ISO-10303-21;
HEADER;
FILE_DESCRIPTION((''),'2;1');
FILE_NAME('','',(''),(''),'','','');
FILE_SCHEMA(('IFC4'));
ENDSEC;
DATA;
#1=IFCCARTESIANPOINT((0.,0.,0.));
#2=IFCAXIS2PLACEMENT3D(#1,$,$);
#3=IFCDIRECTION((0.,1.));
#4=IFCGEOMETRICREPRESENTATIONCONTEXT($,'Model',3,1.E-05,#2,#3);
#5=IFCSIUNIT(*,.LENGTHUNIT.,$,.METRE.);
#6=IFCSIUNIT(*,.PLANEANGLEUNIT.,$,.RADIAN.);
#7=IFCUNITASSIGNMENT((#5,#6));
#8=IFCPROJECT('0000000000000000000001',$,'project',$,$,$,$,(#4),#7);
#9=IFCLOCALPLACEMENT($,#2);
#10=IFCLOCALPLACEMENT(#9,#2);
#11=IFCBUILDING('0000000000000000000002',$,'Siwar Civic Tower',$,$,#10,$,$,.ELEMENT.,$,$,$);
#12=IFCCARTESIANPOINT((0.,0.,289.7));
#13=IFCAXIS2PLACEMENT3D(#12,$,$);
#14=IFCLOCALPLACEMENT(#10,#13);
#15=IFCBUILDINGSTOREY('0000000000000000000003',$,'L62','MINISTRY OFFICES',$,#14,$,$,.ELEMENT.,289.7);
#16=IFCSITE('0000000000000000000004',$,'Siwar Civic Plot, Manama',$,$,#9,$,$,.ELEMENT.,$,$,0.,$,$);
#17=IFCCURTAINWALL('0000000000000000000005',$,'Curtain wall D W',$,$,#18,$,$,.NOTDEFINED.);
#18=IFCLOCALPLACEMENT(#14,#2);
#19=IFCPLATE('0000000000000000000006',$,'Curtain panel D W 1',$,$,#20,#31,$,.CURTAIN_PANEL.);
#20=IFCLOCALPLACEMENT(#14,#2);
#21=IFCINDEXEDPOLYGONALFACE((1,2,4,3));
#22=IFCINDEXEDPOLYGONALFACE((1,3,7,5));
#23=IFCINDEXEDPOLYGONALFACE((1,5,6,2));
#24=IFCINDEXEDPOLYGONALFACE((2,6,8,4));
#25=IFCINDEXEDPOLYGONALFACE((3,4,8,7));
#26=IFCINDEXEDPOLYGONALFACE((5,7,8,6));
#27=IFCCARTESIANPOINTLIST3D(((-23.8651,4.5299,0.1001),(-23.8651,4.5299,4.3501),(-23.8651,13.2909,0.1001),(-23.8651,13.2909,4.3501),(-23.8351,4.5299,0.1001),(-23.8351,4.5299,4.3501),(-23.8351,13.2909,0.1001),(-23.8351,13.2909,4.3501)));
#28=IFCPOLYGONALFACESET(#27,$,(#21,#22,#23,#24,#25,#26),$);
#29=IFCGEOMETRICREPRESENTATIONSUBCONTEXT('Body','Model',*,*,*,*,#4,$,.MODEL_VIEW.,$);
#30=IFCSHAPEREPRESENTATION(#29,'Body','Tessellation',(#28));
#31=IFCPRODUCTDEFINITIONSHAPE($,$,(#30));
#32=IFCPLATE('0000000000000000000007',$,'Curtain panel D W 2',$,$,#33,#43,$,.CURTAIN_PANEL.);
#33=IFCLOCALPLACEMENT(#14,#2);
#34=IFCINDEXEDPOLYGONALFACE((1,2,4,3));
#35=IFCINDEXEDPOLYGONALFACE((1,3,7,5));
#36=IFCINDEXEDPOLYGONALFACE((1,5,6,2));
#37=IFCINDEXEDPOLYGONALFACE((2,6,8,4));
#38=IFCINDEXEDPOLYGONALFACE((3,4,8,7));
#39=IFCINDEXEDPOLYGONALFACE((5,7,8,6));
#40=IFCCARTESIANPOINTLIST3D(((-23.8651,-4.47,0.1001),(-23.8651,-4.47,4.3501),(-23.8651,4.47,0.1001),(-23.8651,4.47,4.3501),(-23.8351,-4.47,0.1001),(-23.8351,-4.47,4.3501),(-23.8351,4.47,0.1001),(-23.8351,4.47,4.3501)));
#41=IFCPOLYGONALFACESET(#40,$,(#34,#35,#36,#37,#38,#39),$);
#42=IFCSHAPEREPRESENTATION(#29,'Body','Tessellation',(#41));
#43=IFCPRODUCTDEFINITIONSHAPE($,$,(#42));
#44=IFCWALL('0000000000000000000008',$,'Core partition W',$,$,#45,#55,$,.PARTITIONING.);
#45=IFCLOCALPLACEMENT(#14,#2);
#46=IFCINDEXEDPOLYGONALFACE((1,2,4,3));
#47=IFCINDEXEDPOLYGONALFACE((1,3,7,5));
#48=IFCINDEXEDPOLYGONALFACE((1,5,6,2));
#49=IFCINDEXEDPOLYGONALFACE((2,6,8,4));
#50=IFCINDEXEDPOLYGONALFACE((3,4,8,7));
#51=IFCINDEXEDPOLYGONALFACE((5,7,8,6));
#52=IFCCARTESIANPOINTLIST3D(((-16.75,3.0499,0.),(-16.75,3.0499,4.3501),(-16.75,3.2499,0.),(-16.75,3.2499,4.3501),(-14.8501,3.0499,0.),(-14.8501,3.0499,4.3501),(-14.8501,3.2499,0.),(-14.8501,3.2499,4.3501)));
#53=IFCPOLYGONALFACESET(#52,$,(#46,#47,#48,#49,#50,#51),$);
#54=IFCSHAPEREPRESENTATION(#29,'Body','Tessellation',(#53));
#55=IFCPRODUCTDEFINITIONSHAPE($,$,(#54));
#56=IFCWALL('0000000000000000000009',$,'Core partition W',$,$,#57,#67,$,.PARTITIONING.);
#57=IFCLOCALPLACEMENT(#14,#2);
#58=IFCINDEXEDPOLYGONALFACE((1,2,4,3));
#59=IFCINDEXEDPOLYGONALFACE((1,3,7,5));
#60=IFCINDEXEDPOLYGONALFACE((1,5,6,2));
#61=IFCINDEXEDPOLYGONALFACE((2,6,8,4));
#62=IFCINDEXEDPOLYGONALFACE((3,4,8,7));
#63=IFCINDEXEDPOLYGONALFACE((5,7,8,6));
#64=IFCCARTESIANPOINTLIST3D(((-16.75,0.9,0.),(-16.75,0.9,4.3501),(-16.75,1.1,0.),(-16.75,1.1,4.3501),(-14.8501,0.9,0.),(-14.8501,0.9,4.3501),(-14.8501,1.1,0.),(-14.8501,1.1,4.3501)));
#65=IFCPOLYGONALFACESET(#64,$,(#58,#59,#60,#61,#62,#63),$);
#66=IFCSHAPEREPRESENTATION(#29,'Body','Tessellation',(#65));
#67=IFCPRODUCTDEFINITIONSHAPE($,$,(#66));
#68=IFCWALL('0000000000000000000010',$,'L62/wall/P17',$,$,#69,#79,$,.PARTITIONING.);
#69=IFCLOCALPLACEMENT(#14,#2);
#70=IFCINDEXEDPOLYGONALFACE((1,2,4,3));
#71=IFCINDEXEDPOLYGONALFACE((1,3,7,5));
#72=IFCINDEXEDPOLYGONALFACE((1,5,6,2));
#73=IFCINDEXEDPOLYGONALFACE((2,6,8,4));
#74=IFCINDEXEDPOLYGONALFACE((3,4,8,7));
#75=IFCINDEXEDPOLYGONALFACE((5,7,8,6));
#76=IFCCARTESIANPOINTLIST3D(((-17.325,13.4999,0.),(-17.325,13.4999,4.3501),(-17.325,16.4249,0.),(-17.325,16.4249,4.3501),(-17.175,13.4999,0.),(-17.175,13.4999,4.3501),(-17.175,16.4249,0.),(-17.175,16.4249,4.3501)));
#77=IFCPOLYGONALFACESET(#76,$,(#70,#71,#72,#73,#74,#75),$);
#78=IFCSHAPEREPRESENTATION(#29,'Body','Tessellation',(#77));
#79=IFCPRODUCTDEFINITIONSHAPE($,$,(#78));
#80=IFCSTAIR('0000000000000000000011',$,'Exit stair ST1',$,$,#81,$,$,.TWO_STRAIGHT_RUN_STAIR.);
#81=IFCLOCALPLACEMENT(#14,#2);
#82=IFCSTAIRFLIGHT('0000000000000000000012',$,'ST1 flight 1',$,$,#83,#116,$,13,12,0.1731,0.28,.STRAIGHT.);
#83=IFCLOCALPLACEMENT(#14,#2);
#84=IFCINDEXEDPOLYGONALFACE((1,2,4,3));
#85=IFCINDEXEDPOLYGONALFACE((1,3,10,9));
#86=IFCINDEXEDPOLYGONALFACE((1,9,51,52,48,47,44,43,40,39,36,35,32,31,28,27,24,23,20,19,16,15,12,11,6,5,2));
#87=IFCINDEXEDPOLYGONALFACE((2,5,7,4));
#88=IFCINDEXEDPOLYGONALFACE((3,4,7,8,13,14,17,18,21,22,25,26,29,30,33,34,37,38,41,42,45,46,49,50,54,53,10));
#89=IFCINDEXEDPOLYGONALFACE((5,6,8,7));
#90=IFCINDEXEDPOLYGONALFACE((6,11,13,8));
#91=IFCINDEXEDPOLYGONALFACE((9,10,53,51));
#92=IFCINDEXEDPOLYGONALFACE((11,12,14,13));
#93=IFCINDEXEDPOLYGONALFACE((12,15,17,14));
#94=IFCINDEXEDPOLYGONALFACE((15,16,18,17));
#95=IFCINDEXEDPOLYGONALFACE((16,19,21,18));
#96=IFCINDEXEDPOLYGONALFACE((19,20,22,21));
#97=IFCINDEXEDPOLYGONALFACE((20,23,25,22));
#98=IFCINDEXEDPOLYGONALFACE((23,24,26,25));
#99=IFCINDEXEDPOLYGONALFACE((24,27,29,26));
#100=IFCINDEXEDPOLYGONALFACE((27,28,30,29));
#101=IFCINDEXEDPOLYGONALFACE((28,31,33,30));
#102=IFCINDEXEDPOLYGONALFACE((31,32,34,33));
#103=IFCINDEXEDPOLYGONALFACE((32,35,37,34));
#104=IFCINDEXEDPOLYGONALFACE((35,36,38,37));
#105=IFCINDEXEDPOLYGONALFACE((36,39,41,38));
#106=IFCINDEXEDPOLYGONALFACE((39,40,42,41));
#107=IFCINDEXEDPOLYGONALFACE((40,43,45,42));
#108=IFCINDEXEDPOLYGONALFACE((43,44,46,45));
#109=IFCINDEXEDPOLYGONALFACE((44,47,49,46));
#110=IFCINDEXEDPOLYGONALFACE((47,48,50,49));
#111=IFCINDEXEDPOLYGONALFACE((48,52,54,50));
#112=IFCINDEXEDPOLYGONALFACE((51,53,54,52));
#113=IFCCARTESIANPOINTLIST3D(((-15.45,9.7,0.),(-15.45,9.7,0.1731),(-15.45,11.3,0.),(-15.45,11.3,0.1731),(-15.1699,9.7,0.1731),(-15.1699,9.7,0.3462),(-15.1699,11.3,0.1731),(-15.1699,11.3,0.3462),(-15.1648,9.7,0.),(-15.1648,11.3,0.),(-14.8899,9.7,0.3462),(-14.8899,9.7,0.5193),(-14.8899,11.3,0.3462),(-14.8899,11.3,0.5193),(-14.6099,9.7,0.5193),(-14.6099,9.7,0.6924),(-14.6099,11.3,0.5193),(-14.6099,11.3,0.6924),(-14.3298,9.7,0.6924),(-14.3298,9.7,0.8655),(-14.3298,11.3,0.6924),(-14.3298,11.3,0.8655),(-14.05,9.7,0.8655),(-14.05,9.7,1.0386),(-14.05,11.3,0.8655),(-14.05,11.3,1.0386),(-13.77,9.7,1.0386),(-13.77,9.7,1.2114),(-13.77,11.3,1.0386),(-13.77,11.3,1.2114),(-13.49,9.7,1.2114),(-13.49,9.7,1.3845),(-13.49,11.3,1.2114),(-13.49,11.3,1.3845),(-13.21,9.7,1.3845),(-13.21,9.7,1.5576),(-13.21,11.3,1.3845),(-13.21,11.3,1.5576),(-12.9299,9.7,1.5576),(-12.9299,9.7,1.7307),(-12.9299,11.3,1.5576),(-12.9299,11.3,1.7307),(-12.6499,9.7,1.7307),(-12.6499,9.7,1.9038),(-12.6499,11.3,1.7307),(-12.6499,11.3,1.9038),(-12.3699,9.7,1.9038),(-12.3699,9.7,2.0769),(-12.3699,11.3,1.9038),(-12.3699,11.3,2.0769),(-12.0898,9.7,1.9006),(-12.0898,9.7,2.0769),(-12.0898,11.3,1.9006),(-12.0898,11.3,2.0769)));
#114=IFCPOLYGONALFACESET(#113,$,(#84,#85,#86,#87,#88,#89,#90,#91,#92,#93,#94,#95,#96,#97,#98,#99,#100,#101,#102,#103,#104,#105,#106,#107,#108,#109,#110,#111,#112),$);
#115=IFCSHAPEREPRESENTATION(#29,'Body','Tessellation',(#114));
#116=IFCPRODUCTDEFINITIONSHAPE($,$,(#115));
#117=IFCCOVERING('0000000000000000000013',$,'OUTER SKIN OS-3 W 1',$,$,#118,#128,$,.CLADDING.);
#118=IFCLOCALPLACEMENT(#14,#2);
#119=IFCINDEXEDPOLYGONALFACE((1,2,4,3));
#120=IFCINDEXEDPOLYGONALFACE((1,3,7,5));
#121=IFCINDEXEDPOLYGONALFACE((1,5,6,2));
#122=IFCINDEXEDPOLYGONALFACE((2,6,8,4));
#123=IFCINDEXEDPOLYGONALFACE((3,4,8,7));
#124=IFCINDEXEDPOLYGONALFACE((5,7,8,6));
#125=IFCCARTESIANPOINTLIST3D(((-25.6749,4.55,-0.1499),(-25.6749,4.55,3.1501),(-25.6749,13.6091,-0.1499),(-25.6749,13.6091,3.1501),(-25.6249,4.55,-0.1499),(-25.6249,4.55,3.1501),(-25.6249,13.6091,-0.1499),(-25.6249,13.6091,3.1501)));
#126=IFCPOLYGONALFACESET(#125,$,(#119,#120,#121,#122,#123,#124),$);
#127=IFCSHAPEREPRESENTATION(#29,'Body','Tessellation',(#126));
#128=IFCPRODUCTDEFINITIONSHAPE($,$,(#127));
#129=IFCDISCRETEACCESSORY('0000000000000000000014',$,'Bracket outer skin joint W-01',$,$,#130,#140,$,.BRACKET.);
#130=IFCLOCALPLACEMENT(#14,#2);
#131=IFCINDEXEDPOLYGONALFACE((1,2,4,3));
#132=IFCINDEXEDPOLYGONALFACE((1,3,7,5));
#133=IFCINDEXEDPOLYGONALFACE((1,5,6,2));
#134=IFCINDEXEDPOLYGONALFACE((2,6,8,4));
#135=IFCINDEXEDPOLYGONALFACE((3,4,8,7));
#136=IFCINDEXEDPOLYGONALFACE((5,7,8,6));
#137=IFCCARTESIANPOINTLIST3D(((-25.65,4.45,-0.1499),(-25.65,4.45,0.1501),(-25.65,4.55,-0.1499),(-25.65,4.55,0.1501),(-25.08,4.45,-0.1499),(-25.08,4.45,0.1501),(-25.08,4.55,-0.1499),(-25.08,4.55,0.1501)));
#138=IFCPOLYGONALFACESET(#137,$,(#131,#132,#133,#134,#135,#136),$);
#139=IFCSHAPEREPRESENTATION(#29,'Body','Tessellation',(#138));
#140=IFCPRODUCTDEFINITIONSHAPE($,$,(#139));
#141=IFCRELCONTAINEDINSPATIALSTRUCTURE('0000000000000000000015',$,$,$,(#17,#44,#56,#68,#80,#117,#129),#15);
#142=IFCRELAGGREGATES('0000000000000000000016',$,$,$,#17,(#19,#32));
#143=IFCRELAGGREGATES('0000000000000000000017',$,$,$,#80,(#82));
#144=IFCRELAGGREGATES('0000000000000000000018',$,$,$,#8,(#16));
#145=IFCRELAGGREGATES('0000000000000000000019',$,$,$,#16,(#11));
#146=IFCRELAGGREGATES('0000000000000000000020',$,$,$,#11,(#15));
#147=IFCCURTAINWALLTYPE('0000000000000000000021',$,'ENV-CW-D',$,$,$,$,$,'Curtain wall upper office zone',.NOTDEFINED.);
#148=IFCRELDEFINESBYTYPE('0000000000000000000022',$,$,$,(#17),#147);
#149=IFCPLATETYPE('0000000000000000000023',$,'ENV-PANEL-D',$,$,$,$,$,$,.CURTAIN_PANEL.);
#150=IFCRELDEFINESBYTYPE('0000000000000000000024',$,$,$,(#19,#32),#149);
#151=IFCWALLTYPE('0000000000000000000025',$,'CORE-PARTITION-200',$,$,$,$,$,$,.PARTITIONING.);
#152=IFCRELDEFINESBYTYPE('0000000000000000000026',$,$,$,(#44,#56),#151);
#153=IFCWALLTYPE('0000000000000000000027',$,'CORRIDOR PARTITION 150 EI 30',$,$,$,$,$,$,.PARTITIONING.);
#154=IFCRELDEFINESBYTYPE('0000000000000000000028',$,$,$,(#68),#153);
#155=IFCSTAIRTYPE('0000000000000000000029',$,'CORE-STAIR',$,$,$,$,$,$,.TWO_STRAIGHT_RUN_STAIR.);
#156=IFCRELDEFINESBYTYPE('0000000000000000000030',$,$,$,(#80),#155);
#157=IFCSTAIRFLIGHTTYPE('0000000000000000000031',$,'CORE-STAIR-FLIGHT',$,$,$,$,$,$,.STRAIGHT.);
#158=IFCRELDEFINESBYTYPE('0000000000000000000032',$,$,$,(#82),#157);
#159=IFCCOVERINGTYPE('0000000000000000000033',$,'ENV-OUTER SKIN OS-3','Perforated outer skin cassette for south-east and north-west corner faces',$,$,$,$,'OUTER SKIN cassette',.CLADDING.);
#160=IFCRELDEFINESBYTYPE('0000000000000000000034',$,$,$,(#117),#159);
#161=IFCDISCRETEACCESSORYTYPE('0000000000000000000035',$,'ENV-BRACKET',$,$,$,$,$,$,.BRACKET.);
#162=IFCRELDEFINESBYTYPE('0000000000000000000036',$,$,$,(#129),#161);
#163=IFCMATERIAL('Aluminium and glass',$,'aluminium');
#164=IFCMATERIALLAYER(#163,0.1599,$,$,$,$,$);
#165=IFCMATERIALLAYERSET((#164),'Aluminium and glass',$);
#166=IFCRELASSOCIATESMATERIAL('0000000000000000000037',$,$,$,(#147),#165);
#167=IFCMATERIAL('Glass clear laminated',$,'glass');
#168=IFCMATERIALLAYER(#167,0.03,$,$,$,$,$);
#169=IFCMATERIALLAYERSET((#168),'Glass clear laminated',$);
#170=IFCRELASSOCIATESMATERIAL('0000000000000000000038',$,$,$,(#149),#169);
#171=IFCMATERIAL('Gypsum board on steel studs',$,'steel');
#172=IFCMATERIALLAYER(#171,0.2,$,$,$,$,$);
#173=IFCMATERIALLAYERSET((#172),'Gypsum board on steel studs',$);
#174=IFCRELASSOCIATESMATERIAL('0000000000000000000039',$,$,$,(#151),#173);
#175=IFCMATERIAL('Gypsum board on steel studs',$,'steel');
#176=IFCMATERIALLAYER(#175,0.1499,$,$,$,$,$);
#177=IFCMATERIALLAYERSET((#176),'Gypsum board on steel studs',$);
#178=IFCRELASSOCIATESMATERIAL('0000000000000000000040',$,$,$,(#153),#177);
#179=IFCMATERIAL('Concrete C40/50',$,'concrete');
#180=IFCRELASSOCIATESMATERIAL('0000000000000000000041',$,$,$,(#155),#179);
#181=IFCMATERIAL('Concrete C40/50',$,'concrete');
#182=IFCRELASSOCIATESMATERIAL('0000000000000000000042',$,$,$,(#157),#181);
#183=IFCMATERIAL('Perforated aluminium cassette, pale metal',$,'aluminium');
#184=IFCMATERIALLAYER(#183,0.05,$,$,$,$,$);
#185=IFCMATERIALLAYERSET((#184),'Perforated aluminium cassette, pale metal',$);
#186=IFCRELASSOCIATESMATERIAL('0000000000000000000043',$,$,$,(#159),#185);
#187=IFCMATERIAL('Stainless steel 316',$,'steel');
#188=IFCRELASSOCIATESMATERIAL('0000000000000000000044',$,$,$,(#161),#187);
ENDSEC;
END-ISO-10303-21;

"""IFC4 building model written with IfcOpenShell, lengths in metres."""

from ifc_helpers import new_model, si_unit, direction, frame, frame_2d, origin, origin_2d, place, context, subcontext, project, spatial, polyline, rectangle, outline, extrude, material, layer, layer_set, type_object, element, aggregate, save


model = new_model("IFC4")

# Units and contexts
model_context = context("Model", 3, precision=1e-05, world=origin(), true_north=direction((0.0, 1.0)))
body_context = subcontext(model_context, "Body", "Model", "MODEL_VIEW")
ifc_project = project(units=[si_unit("LENGTHUNIT", "METRE"), si_unit("PLANEANGLEUNIT", "RADIAN")], contexts=[model_context])

# Site, building, storey
site_placement = place(None, origin())
site = spatial("IfcSite", under=ifc_project, at=site_placement, Name="Siwar Civic Plot, Manama", CompositionType="ELEMENT", RefElevation=0.0)
building_placement = place(site_placement, origin())
building = spatial("IfcBuilding", under=site, at=building_placement, Name="Siwar Civic Tower", CompositionType="ELEMENT")
storey_placement = place(building_placement, frame((0.0, 0.0, 289.7)))
storey = spatial("IfcBuildingStorey", under=building, at=storey_placement, Name="L62", Description="MINISTRY OFFICES", CompositionType="ELEMENT", Elevation=289.7)

# Curtain wall
ifc_material_1 = material(Name="Aluminium and glass", Category="aluminium")
ifc_layer_1 = layer(ifc_material_1, 0.1599)
ifc_layer_set_1 = layer_set([ifc_layer_1], Name="Aluminium and glass")
curtain_wall_type = type_object("IfcCurtainWallType", Name="ENV-CW-D", ElementType="Curtain wall upper office zone", PredefinedType="NOTDEFINED", material=ifc_layer_set_1)
curtain_wall_placement = place(storey_placement, origin())
curtain_wall = element("IfcCurtainWall", 1, at=curtain_wall_placement, inside=storey, type_object=curtain_wall_type, Name="Curtain wall D W", PredefinedType="NOTDEFINED")

# Plates
ifc_material_2 = material(Name="Glass clear laminated", Category="glass")
ifc_layer_2 = layer(ifc_material_2, 0.03)
ifc_layer_set_2 = layer_set([ifc_layer_2], Name="Glass clear laminated")
plate_type = type_object("IfcPlateType", Name="ENV-PANEL-D", PredefinedType="CURTAIN_PANEL", material=ifc_layer_set_2)
plate_1_placement = place(storey_placement, frame((-23.8501, 8.9104, 0.1001), z_axis=(0.0, 0.0, 1.0), x_axis=(0.0, -1.0, 0.0)))
plate_1 = element("IfcPlate", 2, at=plate_1_placement, type_object=plate_type, Name="Curtain panel D W 1", PredefinedType="CURTAIN_PANEL", context=body_context, shape_type="SweptSolid", body=[
    extrude(rectangle(XDim=8.761, YDim=0.03, at=origin_2d()), origin(), (0.0, 0.0, 1.0), 4.25),
])
plate_2_placement = place(storey_placement, frame((-23.8501, 0.0, 0.1001), z_axis=(0.0, 0.0, 1.0), x_axis=(0.0, -1.0, 0.0)))
plate_2 = element("IfcPlate", 3, at=plate_2_placement, type_object=plate_type, Name="Curtain panel D W 2", PredefinedType="CURTAIN_PANEL", context=body_context, shape_type="SweptSolid", body=[
    extrude(rectangle(XDim=8.9399, YDim=0.03, at=origin_2d()), origin(), (0.0, 0.0, 1.0), 4.25),
])
aggregate(curtain_wall, [plate_1, plate_2])

# Walls
ifc_material_3 = material(Name="Gypsum board on steel studs", Category="steel")
ifc_layer_3 = layer(ifc_material_3, 0.2)
ifc_layer_set_3 = layer_set([ifc_layer_3], Name="Gypsum board on steel studs")
wall_type_1 = type_object("IfcWallType", Name="CORE-PARTITION-200", PredefinedType="PARTITIONING", material=ifc_layer_set_3)
for number, where, z_axis, x_axis, name in (
    (4, (-14.8501, 3.1499, 0.0), (0.0, 0.0, 1.0), (-1.0, 0.0, 0.0), "Core partition W"),
    (5, (-14.8501, 1.0, 0.0), (0.0, 0.0, 1.0), (-1.0, 0.0, 0.0), "Core partition W"),
):
    element("IfcWall", number, at=place(storey_placement, frame(where, z_axis=z_axis, x_axis=x_axis)), inside=storey, type_object=wall_type_1, Name=name, PredefinedType="PARTITIONING", context=body_context, shape_type="SweptSolid", body=[
        extrude(rectangle(XDim=1.8999, YDim=0.2, at=frame_2d((0.95, 0.0))), origin(), (0.0, 0.0, 1.0), 4.3501),
    ])
ifc_material_4 = material(Name="Gypsum board on steel studs", Category="steel")
ifc_layer_4 = layer(ifc_material_4, 0.1499)
ifc_layer_set_4 = layer_set([ifc_layer_4], Name="Gypsum board on steel studs")
wall_type_2 = type_object("IfcWallType", Name="CORRIDOR PARTITION 150 EI 30", PredefinedType="PARTITIONING", material=ifc_layer_set_4)
wall_placement = place(storey_placement, frame((-17.25, 13.5, 0.0), z_axis=(0.0, 0.0, 1.0), x_axis=(0.0, 1.0, 0.0)))
element("IfcWall", 6, at=wall_placement, inside=storey, type_object=wall_type_2, Name="L62/wall/P17", PredefinedType="PARTITIONING", context=body_context, shape_type="SweptSolid", body=[
    extrude(rectangle(XDim=2.925, YDim=0.1499, at=frame_2d((1.4624, 0.0))), origin(), (0.0, 0.0, 1.0), 4.3501),
])

# Stair, stair flight
ifc_material_5 = material(Name="Concrete C40/50", Category="concrete")
stair_type = type_object("IfcStairType", Name="CORE-STAIR", PredefinedType="TWO_STRAIGHT_RUN_STAIR", material=ifc_material_5)
stair_placement = place(storey_placement, origin())
stair = element("IfcStair", 7, at=stair_placement, inside=storey, type_object=stair_type, Name="Exit stair ST1", PredefinedType="TWO_STRAIGHT_RUN_STAIR")
ifc_material_6 = material(Name="Concrete C40/50", Category="concrete")
stair_flight_type = type_object("IfcStairFlightType", Name="CORE-STAIR-FLIGHT", PredefinedType="STRAIGHT", material=ifc_material_6)
stair_flight_placement = place(storey_placement, frame((-15.45, 10.5, 0.0), z_axis=(0.0, 0.0, 1.0), x_axis=(1.0, 0.0, 0.0)))
stair_flight = element("IfcStairFlight", 8, at=stair_flight_placement, type_object=stair_flight_type, Name="ST1 flight 1", NumberOfRisers=13, NumberOfTreads=12, PredefinedType="STRAIGHT", RiserHeight=0.1731, TreadLength=0.28, context=body_context, shape_type="SweptSolid", body=[
    extrude(outline(polyline([(0.0, 0.0), (0.0, 0.1731), (0.28, 0.1731), (0.28, 0.3462), (0.5601, 0.3462), (0.5601, 0.5193), (0.8401, 0.5193), (0.8401, 0.6924), (1.1201, 0.6924), (1.1201, 0.8655), (1.3999, 0.8655), (1.3999, 1.0386), (1.6799, 1.0386), (1.6799, 1.2114), (1.96, 1.2114), (1.96, 1.3845), (2.24, 1.3845), (2.24, 1.5576), (2.52, 1.5576), (2.52, 1.7307), (2.8, 1.7307), (2.8, 1.9038), (3.0801, 1.9038), (3.0801, 2.0769), (3.3601, 2.0769), (3.3601, 2.25), (3.3601, 1.9006), (0.2852, 0.0), (0.0, 0.0)])), frame((0.0, 0.8, 0.0), z_axis=(0.0, -1.0, 0.0), x_axis=(1.0, 0.0, 0.0)), (0.0, 0.0, 1.0), 1.6001),
])
aggregate(stair, [stair_flight])

# Covering
ifc_material_7 = material(Name="Perforated aluminium cassette, pale metal", Category="aluminium")
ifc_layer_5 = layer(ifc_material_7, 0.05)
ifc_layer_set_5 = layer_set([ifc_layer_5], Name="Perforated aluminium cassette, pale metal")
covering_type = type_object("IfcCoveringType", Name="ENV-OUTER SKIN OS-3", Description="Perforated outer skin cassette for south-east and north-west corner faces", ElementType="OUTER SKIN cassette", PredefinedType="CLADDING", material=ifc_layer_set_5)
covering_placement = place(storey_placement, frame((-25.6499, 9.0796, -0.1499), z_axis=(0.0, 0.0, 1.0), x_axis=(0.0, -1.0, 0.0)))
element("IfcCovering", 9, at=covering_placement, inside=storey, type_object=covering_type, Name="OUTER SKIN OS-3 W 1", PredefinedType="CLADDING", context=body_context, shape_type="SweptSolid", body=[
    extrude(rectangle(XDim=9.0591, YDim=0.05, at=origin_2d()), origin(), (0.0, 0.0, 1.0), 3.3),
])

# Discrete accessory
ifc_material_8 = material(Name="Stainless steel 316", Category="steel")
discrete_accessory_type = type_object("IfcDiscreteAccessoryType", Name="ENV-BRACKET", PredefinedType="BRACKET", material=ifc_material_8)
discrete_accessory_placement = place(storey_placement, frame((-25.365, 4.5, -0.1499), z_axis=(0.0, 0.0, 1.0), x_axis=(-1.0, 0.0, 0.0)))
element("IfcDiscreteAccessory", 10, at=discrete_accessory_placement, inside=storey, type_object=discrete_accessory_type, Name="Bracket outer skin joint W-01", PredefinedType="BRACKET", context=body_context, shape_type="SweptSolid", body=[
    extrude(rectangle(XDim=0.5701, YDim=0.1001, at=origin_2d()), origin(), (0.0, 0.0, 1.0), 0.3),
])

save(model, "model.ifc")
